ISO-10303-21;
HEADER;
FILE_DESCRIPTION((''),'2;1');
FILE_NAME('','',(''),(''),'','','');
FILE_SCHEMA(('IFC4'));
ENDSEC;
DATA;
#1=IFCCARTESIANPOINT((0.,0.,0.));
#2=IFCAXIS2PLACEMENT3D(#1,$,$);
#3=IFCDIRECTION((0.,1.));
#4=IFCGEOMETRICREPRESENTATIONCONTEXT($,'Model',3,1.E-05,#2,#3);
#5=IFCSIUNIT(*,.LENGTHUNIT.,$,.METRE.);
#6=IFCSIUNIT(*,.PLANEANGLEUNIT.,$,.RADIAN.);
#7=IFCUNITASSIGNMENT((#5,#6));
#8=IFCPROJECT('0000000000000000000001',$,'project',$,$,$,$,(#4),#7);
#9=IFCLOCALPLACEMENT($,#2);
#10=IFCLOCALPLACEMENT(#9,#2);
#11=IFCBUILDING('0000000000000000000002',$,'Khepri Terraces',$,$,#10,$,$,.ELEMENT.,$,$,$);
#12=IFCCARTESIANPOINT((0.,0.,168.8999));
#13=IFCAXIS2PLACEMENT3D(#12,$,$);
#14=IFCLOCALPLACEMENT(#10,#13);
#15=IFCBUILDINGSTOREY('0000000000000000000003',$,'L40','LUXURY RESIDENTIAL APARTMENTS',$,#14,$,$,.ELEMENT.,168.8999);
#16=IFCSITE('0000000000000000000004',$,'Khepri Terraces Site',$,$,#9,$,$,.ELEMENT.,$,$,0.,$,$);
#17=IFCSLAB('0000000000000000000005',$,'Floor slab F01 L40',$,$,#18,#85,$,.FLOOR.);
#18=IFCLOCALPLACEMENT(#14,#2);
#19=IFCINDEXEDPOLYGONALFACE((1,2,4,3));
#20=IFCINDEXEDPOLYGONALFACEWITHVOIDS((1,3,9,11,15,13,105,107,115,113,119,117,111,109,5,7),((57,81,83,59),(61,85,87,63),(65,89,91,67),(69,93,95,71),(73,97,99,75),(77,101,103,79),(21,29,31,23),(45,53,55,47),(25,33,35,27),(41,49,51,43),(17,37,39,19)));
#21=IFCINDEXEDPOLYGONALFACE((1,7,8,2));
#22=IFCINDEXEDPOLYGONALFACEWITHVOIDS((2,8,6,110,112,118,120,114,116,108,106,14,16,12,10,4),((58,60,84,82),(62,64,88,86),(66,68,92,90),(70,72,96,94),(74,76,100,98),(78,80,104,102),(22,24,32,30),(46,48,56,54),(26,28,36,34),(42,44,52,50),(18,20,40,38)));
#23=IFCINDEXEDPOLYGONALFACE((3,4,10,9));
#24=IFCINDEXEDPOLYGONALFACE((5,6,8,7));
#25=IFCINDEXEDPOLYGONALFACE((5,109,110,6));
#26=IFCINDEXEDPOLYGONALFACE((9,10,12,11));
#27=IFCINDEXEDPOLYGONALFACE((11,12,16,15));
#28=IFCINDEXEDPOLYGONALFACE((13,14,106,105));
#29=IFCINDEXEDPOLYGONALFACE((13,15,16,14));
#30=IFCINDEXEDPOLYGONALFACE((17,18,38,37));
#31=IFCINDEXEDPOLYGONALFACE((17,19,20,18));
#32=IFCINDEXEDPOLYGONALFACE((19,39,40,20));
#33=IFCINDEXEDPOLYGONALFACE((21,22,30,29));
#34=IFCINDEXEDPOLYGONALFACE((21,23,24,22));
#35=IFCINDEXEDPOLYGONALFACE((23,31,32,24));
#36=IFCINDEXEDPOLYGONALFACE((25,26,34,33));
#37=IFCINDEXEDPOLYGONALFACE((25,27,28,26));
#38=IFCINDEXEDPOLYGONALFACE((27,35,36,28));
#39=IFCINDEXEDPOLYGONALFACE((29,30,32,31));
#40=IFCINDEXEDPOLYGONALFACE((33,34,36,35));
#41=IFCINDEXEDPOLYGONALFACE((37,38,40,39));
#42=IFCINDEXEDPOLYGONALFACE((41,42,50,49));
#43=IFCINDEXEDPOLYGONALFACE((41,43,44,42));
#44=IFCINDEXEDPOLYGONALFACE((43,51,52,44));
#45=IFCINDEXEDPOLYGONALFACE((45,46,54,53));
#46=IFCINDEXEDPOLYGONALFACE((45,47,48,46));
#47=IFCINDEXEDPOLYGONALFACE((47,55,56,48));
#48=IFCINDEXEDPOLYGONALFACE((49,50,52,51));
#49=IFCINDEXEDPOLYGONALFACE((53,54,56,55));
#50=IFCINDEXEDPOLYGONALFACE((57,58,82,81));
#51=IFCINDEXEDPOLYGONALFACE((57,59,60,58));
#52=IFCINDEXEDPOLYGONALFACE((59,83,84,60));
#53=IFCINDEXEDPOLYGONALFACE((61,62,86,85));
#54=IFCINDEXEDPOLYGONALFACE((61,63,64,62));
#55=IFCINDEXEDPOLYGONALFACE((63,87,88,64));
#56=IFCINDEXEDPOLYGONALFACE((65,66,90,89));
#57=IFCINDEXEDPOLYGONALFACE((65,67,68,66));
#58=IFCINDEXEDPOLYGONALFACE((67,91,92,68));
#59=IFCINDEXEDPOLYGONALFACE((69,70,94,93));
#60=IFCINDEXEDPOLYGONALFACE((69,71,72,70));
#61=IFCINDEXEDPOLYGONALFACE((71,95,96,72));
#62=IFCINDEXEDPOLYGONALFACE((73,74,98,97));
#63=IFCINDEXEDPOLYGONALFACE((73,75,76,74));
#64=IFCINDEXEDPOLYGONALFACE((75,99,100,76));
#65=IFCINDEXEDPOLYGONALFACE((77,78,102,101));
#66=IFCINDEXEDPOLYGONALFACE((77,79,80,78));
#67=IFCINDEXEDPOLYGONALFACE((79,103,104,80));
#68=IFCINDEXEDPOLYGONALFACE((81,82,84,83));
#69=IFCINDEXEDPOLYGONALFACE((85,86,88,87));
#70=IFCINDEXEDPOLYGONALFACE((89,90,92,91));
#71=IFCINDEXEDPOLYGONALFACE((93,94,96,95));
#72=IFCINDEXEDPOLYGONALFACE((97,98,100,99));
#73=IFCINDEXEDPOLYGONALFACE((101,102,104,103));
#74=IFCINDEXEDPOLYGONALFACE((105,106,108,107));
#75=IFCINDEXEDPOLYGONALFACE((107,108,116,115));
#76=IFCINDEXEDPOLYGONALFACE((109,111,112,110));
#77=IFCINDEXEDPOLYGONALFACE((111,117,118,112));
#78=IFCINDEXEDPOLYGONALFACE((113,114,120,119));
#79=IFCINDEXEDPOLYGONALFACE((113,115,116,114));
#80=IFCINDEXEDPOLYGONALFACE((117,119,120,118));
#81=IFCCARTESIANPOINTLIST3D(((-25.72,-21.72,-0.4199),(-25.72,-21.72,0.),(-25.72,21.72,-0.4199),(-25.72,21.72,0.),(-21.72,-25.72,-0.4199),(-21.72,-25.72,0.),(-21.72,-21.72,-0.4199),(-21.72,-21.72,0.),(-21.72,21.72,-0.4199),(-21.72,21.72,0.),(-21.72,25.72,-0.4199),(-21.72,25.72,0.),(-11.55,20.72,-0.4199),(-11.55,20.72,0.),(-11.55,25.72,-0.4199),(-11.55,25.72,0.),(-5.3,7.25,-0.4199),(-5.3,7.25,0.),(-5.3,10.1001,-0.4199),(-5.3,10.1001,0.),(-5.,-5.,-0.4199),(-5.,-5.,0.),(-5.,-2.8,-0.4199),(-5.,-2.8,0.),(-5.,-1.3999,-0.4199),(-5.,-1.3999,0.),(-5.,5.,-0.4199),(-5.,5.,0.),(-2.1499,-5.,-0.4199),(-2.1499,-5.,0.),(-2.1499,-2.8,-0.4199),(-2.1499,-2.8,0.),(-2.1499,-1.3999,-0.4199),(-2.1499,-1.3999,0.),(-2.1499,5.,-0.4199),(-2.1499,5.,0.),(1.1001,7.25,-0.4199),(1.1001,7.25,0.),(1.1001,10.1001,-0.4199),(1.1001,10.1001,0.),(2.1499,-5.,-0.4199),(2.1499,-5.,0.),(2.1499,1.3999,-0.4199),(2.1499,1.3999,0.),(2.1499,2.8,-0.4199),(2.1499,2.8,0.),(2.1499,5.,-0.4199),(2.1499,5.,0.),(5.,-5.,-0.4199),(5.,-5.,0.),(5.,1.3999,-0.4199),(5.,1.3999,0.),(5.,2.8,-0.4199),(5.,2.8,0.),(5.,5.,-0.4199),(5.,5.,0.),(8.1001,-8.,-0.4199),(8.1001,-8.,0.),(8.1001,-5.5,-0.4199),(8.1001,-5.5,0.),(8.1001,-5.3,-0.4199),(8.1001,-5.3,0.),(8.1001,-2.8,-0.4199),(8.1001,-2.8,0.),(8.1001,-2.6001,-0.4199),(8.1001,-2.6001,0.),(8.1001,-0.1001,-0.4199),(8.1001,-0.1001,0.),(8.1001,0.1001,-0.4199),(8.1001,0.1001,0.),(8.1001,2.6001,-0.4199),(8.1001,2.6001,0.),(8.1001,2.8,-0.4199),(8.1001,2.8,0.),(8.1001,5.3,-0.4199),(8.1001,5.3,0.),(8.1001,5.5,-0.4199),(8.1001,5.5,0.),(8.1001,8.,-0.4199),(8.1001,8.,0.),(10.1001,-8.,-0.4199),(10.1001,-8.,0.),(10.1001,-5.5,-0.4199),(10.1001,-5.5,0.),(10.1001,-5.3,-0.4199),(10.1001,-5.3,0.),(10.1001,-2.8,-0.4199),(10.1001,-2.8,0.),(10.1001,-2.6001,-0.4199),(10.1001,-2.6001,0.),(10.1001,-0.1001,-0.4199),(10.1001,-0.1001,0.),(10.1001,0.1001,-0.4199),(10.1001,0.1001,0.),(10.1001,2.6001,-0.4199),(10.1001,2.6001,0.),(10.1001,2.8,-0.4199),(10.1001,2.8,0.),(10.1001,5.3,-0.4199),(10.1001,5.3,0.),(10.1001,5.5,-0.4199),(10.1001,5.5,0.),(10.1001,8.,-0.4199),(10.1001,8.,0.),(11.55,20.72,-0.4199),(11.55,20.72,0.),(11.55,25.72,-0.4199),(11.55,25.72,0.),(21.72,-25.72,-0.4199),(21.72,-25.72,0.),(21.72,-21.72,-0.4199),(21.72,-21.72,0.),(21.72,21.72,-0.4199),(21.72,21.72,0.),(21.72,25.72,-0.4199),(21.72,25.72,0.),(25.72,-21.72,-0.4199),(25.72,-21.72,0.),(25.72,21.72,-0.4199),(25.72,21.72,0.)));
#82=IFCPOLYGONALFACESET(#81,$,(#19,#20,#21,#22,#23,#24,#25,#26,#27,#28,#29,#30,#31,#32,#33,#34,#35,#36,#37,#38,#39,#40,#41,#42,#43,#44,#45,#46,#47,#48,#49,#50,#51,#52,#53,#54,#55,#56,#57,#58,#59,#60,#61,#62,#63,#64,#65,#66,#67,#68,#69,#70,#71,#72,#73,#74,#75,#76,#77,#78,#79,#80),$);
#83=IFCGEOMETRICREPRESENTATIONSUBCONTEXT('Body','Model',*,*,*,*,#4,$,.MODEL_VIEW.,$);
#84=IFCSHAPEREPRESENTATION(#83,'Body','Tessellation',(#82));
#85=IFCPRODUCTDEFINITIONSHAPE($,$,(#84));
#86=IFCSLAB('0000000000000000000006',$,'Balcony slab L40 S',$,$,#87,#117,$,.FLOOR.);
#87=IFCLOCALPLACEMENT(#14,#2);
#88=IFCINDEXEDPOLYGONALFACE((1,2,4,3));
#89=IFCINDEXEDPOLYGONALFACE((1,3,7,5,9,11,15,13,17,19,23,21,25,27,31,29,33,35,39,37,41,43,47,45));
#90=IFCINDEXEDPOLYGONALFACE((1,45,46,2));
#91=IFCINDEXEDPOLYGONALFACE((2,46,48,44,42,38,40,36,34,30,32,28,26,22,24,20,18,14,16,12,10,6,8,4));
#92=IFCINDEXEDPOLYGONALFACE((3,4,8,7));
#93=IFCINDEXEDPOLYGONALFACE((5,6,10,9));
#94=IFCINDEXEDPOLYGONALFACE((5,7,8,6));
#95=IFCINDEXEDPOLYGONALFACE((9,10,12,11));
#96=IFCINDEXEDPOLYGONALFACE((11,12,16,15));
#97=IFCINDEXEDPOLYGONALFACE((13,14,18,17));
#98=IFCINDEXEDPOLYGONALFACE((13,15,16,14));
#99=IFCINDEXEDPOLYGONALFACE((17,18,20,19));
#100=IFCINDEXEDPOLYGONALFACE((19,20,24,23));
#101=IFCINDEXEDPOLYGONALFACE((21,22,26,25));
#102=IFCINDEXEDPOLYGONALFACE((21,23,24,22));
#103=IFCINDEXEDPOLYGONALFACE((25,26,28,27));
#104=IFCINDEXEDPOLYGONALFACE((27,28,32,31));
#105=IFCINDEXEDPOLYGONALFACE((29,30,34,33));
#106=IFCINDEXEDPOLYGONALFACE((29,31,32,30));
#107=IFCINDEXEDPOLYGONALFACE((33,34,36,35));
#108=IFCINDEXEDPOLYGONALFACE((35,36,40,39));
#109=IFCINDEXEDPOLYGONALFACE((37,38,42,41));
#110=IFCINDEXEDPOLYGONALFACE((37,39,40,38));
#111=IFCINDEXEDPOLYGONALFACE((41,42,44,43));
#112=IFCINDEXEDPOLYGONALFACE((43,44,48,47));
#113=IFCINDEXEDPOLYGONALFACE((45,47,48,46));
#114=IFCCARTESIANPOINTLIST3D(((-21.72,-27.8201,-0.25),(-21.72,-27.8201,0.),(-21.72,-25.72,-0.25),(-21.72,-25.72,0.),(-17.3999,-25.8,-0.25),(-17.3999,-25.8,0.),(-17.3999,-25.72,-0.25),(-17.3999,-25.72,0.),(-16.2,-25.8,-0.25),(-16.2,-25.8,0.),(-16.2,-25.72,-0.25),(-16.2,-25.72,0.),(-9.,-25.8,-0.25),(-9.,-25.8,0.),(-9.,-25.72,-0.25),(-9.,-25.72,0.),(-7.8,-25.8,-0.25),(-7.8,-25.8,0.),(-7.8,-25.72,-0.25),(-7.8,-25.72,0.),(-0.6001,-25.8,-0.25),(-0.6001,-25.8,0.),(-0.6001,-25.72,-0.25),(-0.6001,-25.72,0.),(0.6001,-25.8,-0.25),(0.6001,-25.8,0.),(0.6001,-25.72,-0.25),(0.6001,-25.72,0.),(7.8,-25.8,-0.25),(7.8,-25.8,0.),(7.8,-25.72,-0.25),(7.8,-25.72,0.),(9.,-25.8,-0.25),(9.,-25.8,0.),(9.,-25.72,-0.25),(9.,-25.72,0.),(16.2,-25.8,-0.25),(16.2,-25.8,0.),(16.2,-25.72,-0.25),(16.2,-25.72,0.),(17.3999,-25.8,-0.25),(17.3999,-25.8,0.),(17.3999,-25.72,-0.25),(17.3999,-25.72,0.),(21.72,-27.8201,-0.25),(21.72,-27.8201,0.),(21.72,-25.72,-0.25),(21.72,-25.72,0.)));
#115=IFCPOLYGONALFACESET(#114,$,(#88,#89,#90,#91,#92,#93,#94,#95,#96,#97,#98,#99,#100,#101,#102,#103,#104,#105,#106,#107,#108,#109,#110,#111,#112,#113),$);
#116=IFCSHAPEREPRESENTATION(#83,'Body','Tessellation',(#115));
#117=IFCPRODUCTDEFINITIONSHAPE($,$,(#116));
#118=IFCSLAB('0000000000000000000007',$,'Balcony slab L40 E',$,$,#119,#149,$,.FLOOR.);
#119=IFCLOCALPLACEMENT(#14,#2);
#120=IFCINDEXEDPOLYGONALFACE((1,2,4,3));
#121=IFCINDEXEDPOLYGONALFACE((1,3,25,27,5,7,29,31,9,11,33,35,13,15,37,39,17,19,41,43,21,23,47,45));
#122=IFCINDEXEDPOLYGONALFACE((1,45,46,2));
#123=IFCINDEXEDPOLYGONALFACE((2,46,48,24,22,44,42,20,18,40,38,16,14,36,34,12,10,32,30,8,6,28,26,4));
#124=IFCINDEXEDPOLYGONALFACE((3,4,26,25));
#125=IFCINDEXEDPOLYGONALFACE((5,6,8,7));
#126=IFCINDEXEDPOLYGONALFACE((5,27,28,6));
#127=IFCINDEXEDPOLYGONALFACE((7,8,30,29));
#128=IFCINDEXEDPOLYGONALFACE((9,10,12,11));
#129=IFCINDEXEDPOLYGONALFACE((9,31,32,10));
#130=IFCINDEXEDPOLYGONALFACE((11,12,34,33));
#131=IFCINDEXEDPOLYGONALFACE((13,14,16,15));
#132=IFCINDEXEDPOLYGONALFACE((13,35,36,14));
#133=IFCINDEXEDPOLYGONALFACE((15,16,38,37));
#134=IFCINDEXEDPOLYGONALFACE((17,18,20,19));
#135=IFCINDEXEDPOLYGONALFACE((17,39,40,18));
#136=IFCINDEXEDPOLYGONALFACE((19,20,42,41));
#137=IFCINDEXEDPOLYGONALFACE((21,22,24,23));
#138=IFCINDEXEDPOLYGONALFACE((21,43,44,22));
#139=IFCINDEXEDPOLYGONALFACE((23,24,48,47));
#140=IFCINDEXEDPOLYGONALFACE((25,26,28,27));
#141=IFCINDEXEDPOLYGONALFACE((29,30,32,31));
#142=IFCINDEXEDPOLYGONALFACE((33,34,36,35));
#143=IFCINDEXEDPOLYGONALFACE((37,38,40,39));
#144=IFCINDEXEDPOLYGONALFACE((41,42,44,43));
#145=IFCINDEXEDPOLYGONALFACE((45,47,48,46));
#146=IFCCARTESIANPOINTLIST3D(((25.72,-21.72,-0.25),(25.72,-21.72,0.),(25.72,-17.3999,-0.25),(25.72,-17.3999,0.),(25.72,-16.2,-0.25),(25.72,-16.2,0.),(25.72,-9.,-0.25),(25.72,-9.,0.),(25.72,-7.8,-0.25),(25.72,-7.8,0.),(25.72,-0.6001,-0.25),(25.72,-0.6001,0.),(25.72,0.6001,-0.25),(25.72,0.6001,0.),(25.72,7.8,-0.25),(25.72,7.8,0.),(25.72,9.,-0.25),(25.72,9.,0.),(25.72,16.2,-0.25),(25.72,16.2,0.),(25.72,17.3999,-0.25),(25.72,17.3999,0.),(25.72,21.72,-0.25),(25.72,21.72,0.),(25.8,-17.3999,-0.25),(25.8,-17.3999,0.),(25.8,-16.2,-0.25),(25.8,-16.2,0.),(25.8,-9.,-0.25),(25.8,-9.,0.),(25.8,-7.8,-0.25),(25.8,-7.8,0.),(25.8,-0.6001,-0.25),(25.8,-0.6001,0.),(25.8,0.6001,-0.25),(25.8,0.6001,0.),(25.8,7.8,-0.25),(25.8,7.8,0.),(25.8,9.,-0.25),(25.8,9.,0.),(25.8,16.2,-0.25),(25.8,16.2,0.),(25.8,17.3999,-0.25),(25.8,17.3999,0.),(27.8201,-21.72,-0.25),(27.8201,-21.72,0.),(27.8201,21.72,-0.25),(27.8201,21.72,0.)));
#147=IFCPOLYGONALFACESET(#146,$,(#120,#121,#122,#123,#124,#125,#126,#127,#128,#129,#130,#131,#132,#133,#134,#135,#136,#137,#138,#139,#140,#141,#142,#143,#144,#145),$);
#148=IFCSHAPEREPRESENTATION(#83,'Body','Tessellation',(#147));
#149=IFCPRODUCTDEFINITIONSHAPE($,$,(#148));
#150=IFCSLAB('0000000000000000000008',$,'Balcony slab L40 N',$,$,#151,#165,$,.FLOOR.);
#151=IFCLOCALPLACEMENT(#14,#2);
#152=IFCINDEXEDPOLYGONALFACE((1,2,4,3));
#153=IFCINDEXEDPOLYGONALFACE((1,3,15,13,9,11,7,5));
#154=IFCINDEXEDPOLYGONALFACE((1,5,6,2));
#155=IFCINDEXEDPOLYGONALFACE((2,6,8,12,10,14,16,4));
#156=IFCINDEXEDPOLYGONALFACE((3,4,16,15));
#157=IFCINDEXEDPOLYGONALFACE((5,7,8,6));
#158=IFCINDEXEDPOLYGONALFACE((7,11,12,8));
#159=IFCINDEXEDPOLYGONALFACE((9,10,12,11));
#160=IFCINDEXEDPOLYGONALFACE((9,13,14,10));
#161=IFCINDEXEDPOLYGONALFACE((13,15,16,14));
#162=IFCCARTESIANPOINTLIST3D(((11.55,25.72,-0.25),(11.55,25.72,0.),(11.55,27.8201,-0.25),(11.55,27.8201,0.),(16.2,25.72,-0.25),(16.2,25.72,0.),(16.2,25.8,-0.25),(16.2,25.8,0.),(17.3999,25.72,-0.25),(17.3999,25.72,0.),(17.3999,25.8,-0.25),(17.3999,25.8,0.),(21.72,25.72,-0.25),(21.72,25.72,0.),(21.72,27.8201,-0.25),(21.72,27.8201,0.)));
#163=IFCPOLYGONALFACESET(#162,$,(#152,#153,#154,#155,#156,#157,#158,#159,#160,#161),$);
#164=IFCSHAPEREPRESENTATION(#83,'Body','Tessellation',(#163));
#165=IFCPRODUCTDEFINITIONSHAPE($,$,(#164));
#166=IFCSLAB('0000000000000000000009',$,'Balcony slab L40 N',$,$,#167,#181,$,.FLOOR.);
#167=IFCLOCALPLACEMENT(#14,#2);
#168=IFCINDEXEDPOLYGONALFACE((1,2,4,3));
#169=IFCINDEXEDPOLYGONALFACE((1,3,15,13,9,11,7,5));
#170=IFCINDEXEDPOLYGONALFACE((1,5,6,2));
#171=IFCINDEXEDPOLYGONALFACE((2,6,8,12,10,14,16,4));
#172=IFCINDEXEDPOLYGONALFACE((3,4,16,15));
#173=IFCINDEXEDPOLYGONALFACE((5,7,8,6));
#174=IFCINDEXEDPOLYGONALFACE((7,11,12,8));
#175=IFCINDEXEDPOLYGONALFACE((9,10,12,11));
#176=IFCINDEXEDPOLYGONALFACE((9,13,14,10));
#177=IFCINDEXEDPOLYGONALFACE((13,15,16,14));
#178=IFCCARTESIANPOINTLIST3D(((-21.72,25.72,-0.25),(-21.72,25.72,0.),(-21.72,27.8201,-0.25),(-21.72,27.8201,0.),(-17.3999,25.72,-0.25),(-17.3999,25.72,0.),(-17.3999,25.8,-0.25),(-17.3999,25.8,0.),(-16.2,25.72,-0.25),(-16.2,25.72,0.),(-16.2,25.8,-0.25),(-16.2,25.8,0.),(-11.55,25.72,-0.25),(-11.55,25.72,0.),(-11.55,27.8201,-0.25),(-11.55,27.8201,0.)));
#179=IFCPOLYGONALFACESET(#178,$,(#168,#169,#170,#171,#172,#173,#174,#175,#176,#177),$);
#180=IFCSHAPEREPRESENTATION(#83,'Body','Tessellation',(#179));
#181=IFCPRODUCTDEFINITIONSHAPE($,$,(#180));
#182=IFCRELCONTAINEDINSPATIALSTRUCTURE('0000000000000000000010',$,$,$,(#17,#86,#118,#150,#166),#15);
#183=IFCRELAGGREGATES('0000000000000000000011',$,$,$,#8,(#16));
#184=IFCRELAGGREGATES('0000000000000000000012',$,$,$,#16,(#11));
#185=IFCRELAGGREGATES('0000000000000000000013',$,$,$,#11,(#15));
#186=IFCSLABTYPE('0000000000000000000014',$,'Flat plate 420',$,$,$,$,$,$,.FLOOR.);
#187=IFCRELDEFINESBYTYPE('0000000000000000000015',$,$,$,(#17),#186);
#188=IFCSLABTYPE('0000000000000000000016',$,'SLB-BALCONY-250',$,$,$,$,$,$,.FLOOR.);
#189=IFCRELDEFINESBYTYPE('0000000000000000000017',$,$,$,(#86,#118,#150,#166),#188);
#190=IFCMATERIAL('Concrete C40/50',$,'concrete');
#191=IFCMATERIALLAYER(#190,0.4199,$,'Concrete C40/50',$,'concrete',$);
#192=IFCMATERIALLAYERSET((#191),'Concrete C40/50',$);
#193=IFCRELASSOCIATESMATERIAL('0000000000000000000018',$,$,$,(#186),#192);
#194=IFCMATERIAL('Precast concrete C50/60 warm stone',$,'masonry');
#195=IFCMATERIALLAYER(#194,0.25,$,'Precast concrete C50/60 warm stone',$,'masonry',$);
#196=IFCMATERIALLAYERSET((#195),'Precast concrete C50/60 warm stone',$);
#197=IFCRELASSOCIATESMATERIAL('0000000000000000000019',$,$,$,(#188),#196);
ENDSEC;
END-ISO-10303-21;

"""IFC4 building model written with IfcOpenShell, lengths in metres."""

from ifc_helpers import new_model, si_unit, direction, frame, origin, place, context, subcontext, project, spatial, polyline, outline, extrude, material, layer, layer_set, type_object, element, save


model = new_model("IFC4")

# Units and contexts
model_context = context("Model", 3, precision=1e-05, world=origin(), true_north=direction((0.0, 1.0)))
body_context = subcontext(model_context, "Body", "Model", "MODEL_VIEW")
ifc_project = project(units=[si_unit("LENGTHUNIT", "METRE"), si_unit("PLANEANGLEUNIT", "RADIAN")], contexts=[model_context])

# Site, building, storey
site_placement = place(None, origin())
site = spatial("IfcSite", under=ifc_project, at=site_placement, Name="Khepri Terraces Site", CompositionType="ELEMENT", RefElevation=0.0)
building_placement = place(site_placement, origin())
building = spatial("IfcBuilding", under=site, at=building_placement, Name="Khepri Terraces", CompositionType="ELEMENT")
storey_placement = place(building_placement, frame((0.0, 0.0, 168.8999)))
storey = spatial("IfcBuildingStorey", under=building, at=storey_placement, Name="L40", Description="LUXURY RESIDENTIAL APARTMENTS", CompositionType="ELEMENT", Elevation=168.8999)

# Slabs
ifc_material_1 = material(Name="Concrete C40/50", Category="concrete")
ifc_layer_1 = layer(ifc_material_1, 0.4199, Name="Concrete C40/50", Category="concrete")
ifc_layer_set_1 = layer_set([ifc_layer_1], Name="Concrete C40/50")
slab_type_1 = type_object("IfcSlabType", Name="Flat plate 420", PredefinedType="FLOOR", material=ifc_layer_set_1)
slab_1_placement = place(storey_placement, frame((0.0, 0.0, -0.4199)))
element("IfcSlab", 1, at=slab_1_placement, inside=storey, type_object=slab_type_1, Name="Floor slab F01 L40", PredefinedType="FLOOR", context=body_context, shape_type="SweptSolid", body=[
    extrude(outline(polyline([(11.55, 25.72), (21.72, 25.72), (21.72, 21.72), (25.72, 21.72), (25.72, -21.72), (21.72, -21.72), (21.72, -25.72), (-21.72, -25.72), (-21.72, -21.72), (-25.72, -21.72), (-25.72, 21.72), (-21.72, 21.72), (-21.72, 25.72), (-11.55, 25.72), (-11.55, 20.72), (11.55, 20.72), (11.55, 25.72)]), holes=[polyline([(2.1499, 2.8), (5.0, 2.8), (5.0, 5.0), (2.1499, 5.0), (2.1499, 2.8)]), polyline([(-5.0, -2.8), (-5.0, -5.0), (-2.1499, -5.0), (-2.1499, -2.8), (-5.0, -2.8)]), polyline([(10.1001, -5.5), (8.1001, -5.5), (8.1001, -8.0), (10.1001, -8.0), (10.1001, -5.5)]), polyline([(10.1001, -5.3), (10.1001, -2.8), (8.1001, -2.8), (8.1001, -5.3), (10.1001, -5.3)]), polyline([(8.1001, -2.6001), (10.1001, -2.6001), (10.1001, -0.1001), (8.1001, -0.1001), (8.1001, -2.6001)]), polyline([(8.1001, 2.6001), (8.1001, 0.1001), (10.1001, 0.1001), (10.1001, 2.6001), (8.1001, 2.6001)]), polyline([(10.1001, 5.3), (8.1001, 5.3), (8.1001, 2.8), (10.1001, 2.8), (10.1001, 5.3)]), polyline([(10.1001, 5.5), (10.1001, 8.0), (8.1001, 8.0), (8.1001, 5.5), (10.1001, 5.5)]), polyline([(-5.0, -1.3999), (-2.1499, -1.3999), (-2.1499, 5.0), (-5.0, 5.0), (-5.0, -1.3999)]), polyline([(5.0, -5.0), (5.0, 1.3999), (2.1499, 1.3999), (2.1499, -5.0), (5.0, -5.0)]), polyline([(-5.3, 10.1001), (-5.3, 7.25), (1.1001, 7.25), (1.1001, 10.1001), (-5.3, 10.1001)])]), origin(), (0.0, 0.0, 1.0), 0.4199),
])
ifc_material_2 = material(Name="Precast concrete C50/60 warm stone", Category="masonry")
ifc_layer_2 = layer(ifc_material_2, 0.25, Name="Precast concrete C50/60 warm stone", Category="masonry")
ifc_layer_set_2 = layer_set([ifc_layer_2], Name="Precast concrete C50/60 warm stone")
slab_type_2 = type_object("IfcSlabType", Name="SLB-BALCONY-250", PredefinedType="FLOOR", material=ifc_layer_set_2)
slab_2_placement = place(storey_placement, frame((0.0, 0.0, -0.25)))
element("IfcSlab", 2, at=slab_2_placement, inside=storey, type_object=slab_type_2, Name="Balcony slab L40 S", PredefinedType="FLOOR", context=body_context, shape_type="SweptSolid", body=[
    extrude(outline(polyline([(-17.3999, -25.72), (-21.72, -25.72), (-21.72, -27.8201), (21.72, -27.8201), (21.72, -25.72), (17.3999, -25.72), (17.3999, -25.8), (16.2, -25.8), (16.2, -25.72), (9.0, -25.72), (9.0, -25.8), (7.8, -25.8), (7.8, -25.72), (0.6001, -25.72), (0.6001, -25.8), (-0.6001, -25.8), (-0.6001, -25.72), (-7.8, -25.72), (-7.8, -25.8), (-9.0, -25.8), (-9.0, -25.72), (-16.2, -25.72), (-16.2, -25.8), (-17.3999, -25.8), (-17.3999, -25.72)])), origin(), (0.0, 0.0, 1.0), 0.25),
])
slab_3_placement = place(storey_placement, frame((0.0, 0.0, -0.25)))
element("IfcSlab", 3, at=slab_3_placement, inside=storey, type_object=slab_type_2, Name="Balcony slab L40 E", PredefinedType="FLOOR", context=body_context, shape_type="SweptSolid", body=[
    extrude(outline(polyline([(25.72, -17.3999), (25.72, -21.72), (27.8201, -21.72), (27.8201, 21.72), (25.72, 21.72), (25.72, 17.3999), (25.8, 17.3999), (25.8, 16.2), (25.72, 16.2), (25.72, 9.0), (25.8, 9.0), (25.8, 7.8), (25.72, 7.8), (25.72, 0.6001), (25.8, 0.6001), (25.8, -0.6001), (25.72, -0.6001), (25.72, -7.8), (25.8, -7.8), (25.8, -9.0), (25.72, -9.0), (25.72, -16.2), (25.8, -16.2), (25.8, -17.3999), (25.72, -17.3999)])), origin(), (0.0, 0.0, 1.0), 0.25),
])
slab_4_placement = place(storey_placement, frame((0.0, 0.0, -0.25)))
element("IfcSlab", 4, at=slab_4_placement, inside=storey, type_object=slab_type_2, Name="Balcony slab L40 N", PredefinedType="FLOOR", context=body_context, shape_type="SweptSolid", body=[
    extrude(outline(polyline([(17.3999, 25.72), (21.72, 25.72), (21.72, 27.8201), (11.55, 27.8201), (11.55, 25.72), (16.2, 25.72), (16.2, 25.8), (17.3999, 25.8), (17.3999, 25.72)])), origin(), (0.0, 0.0, 1.0), 0.25),
])
slab_5_placement = place(storey_placement, frame((0.0, 0.0, -0.25)))
element("IfcSlab", 5, at=slab_5_placement, inside=storey, type_object=slab_type_2, Name="Balcony slab L40 N", PredefinedType="FLOOR", context=body_context, shape_type="SweptSolid", body=[
    extrude(outline(polyline([(-16.2, 25.72), (-11.55, 25.72), (-11.55, 27.8201), (-21.72, 27.8201), (-21.72, 25.72), (-17.3999, 25.72), (-17.3999, 25.8), (-16.2, 25.8), (-16.2, 25.72)])), origin(), (0.0, 0.0, 1.0), 0.25),
])

save(model, "model.ifc")
